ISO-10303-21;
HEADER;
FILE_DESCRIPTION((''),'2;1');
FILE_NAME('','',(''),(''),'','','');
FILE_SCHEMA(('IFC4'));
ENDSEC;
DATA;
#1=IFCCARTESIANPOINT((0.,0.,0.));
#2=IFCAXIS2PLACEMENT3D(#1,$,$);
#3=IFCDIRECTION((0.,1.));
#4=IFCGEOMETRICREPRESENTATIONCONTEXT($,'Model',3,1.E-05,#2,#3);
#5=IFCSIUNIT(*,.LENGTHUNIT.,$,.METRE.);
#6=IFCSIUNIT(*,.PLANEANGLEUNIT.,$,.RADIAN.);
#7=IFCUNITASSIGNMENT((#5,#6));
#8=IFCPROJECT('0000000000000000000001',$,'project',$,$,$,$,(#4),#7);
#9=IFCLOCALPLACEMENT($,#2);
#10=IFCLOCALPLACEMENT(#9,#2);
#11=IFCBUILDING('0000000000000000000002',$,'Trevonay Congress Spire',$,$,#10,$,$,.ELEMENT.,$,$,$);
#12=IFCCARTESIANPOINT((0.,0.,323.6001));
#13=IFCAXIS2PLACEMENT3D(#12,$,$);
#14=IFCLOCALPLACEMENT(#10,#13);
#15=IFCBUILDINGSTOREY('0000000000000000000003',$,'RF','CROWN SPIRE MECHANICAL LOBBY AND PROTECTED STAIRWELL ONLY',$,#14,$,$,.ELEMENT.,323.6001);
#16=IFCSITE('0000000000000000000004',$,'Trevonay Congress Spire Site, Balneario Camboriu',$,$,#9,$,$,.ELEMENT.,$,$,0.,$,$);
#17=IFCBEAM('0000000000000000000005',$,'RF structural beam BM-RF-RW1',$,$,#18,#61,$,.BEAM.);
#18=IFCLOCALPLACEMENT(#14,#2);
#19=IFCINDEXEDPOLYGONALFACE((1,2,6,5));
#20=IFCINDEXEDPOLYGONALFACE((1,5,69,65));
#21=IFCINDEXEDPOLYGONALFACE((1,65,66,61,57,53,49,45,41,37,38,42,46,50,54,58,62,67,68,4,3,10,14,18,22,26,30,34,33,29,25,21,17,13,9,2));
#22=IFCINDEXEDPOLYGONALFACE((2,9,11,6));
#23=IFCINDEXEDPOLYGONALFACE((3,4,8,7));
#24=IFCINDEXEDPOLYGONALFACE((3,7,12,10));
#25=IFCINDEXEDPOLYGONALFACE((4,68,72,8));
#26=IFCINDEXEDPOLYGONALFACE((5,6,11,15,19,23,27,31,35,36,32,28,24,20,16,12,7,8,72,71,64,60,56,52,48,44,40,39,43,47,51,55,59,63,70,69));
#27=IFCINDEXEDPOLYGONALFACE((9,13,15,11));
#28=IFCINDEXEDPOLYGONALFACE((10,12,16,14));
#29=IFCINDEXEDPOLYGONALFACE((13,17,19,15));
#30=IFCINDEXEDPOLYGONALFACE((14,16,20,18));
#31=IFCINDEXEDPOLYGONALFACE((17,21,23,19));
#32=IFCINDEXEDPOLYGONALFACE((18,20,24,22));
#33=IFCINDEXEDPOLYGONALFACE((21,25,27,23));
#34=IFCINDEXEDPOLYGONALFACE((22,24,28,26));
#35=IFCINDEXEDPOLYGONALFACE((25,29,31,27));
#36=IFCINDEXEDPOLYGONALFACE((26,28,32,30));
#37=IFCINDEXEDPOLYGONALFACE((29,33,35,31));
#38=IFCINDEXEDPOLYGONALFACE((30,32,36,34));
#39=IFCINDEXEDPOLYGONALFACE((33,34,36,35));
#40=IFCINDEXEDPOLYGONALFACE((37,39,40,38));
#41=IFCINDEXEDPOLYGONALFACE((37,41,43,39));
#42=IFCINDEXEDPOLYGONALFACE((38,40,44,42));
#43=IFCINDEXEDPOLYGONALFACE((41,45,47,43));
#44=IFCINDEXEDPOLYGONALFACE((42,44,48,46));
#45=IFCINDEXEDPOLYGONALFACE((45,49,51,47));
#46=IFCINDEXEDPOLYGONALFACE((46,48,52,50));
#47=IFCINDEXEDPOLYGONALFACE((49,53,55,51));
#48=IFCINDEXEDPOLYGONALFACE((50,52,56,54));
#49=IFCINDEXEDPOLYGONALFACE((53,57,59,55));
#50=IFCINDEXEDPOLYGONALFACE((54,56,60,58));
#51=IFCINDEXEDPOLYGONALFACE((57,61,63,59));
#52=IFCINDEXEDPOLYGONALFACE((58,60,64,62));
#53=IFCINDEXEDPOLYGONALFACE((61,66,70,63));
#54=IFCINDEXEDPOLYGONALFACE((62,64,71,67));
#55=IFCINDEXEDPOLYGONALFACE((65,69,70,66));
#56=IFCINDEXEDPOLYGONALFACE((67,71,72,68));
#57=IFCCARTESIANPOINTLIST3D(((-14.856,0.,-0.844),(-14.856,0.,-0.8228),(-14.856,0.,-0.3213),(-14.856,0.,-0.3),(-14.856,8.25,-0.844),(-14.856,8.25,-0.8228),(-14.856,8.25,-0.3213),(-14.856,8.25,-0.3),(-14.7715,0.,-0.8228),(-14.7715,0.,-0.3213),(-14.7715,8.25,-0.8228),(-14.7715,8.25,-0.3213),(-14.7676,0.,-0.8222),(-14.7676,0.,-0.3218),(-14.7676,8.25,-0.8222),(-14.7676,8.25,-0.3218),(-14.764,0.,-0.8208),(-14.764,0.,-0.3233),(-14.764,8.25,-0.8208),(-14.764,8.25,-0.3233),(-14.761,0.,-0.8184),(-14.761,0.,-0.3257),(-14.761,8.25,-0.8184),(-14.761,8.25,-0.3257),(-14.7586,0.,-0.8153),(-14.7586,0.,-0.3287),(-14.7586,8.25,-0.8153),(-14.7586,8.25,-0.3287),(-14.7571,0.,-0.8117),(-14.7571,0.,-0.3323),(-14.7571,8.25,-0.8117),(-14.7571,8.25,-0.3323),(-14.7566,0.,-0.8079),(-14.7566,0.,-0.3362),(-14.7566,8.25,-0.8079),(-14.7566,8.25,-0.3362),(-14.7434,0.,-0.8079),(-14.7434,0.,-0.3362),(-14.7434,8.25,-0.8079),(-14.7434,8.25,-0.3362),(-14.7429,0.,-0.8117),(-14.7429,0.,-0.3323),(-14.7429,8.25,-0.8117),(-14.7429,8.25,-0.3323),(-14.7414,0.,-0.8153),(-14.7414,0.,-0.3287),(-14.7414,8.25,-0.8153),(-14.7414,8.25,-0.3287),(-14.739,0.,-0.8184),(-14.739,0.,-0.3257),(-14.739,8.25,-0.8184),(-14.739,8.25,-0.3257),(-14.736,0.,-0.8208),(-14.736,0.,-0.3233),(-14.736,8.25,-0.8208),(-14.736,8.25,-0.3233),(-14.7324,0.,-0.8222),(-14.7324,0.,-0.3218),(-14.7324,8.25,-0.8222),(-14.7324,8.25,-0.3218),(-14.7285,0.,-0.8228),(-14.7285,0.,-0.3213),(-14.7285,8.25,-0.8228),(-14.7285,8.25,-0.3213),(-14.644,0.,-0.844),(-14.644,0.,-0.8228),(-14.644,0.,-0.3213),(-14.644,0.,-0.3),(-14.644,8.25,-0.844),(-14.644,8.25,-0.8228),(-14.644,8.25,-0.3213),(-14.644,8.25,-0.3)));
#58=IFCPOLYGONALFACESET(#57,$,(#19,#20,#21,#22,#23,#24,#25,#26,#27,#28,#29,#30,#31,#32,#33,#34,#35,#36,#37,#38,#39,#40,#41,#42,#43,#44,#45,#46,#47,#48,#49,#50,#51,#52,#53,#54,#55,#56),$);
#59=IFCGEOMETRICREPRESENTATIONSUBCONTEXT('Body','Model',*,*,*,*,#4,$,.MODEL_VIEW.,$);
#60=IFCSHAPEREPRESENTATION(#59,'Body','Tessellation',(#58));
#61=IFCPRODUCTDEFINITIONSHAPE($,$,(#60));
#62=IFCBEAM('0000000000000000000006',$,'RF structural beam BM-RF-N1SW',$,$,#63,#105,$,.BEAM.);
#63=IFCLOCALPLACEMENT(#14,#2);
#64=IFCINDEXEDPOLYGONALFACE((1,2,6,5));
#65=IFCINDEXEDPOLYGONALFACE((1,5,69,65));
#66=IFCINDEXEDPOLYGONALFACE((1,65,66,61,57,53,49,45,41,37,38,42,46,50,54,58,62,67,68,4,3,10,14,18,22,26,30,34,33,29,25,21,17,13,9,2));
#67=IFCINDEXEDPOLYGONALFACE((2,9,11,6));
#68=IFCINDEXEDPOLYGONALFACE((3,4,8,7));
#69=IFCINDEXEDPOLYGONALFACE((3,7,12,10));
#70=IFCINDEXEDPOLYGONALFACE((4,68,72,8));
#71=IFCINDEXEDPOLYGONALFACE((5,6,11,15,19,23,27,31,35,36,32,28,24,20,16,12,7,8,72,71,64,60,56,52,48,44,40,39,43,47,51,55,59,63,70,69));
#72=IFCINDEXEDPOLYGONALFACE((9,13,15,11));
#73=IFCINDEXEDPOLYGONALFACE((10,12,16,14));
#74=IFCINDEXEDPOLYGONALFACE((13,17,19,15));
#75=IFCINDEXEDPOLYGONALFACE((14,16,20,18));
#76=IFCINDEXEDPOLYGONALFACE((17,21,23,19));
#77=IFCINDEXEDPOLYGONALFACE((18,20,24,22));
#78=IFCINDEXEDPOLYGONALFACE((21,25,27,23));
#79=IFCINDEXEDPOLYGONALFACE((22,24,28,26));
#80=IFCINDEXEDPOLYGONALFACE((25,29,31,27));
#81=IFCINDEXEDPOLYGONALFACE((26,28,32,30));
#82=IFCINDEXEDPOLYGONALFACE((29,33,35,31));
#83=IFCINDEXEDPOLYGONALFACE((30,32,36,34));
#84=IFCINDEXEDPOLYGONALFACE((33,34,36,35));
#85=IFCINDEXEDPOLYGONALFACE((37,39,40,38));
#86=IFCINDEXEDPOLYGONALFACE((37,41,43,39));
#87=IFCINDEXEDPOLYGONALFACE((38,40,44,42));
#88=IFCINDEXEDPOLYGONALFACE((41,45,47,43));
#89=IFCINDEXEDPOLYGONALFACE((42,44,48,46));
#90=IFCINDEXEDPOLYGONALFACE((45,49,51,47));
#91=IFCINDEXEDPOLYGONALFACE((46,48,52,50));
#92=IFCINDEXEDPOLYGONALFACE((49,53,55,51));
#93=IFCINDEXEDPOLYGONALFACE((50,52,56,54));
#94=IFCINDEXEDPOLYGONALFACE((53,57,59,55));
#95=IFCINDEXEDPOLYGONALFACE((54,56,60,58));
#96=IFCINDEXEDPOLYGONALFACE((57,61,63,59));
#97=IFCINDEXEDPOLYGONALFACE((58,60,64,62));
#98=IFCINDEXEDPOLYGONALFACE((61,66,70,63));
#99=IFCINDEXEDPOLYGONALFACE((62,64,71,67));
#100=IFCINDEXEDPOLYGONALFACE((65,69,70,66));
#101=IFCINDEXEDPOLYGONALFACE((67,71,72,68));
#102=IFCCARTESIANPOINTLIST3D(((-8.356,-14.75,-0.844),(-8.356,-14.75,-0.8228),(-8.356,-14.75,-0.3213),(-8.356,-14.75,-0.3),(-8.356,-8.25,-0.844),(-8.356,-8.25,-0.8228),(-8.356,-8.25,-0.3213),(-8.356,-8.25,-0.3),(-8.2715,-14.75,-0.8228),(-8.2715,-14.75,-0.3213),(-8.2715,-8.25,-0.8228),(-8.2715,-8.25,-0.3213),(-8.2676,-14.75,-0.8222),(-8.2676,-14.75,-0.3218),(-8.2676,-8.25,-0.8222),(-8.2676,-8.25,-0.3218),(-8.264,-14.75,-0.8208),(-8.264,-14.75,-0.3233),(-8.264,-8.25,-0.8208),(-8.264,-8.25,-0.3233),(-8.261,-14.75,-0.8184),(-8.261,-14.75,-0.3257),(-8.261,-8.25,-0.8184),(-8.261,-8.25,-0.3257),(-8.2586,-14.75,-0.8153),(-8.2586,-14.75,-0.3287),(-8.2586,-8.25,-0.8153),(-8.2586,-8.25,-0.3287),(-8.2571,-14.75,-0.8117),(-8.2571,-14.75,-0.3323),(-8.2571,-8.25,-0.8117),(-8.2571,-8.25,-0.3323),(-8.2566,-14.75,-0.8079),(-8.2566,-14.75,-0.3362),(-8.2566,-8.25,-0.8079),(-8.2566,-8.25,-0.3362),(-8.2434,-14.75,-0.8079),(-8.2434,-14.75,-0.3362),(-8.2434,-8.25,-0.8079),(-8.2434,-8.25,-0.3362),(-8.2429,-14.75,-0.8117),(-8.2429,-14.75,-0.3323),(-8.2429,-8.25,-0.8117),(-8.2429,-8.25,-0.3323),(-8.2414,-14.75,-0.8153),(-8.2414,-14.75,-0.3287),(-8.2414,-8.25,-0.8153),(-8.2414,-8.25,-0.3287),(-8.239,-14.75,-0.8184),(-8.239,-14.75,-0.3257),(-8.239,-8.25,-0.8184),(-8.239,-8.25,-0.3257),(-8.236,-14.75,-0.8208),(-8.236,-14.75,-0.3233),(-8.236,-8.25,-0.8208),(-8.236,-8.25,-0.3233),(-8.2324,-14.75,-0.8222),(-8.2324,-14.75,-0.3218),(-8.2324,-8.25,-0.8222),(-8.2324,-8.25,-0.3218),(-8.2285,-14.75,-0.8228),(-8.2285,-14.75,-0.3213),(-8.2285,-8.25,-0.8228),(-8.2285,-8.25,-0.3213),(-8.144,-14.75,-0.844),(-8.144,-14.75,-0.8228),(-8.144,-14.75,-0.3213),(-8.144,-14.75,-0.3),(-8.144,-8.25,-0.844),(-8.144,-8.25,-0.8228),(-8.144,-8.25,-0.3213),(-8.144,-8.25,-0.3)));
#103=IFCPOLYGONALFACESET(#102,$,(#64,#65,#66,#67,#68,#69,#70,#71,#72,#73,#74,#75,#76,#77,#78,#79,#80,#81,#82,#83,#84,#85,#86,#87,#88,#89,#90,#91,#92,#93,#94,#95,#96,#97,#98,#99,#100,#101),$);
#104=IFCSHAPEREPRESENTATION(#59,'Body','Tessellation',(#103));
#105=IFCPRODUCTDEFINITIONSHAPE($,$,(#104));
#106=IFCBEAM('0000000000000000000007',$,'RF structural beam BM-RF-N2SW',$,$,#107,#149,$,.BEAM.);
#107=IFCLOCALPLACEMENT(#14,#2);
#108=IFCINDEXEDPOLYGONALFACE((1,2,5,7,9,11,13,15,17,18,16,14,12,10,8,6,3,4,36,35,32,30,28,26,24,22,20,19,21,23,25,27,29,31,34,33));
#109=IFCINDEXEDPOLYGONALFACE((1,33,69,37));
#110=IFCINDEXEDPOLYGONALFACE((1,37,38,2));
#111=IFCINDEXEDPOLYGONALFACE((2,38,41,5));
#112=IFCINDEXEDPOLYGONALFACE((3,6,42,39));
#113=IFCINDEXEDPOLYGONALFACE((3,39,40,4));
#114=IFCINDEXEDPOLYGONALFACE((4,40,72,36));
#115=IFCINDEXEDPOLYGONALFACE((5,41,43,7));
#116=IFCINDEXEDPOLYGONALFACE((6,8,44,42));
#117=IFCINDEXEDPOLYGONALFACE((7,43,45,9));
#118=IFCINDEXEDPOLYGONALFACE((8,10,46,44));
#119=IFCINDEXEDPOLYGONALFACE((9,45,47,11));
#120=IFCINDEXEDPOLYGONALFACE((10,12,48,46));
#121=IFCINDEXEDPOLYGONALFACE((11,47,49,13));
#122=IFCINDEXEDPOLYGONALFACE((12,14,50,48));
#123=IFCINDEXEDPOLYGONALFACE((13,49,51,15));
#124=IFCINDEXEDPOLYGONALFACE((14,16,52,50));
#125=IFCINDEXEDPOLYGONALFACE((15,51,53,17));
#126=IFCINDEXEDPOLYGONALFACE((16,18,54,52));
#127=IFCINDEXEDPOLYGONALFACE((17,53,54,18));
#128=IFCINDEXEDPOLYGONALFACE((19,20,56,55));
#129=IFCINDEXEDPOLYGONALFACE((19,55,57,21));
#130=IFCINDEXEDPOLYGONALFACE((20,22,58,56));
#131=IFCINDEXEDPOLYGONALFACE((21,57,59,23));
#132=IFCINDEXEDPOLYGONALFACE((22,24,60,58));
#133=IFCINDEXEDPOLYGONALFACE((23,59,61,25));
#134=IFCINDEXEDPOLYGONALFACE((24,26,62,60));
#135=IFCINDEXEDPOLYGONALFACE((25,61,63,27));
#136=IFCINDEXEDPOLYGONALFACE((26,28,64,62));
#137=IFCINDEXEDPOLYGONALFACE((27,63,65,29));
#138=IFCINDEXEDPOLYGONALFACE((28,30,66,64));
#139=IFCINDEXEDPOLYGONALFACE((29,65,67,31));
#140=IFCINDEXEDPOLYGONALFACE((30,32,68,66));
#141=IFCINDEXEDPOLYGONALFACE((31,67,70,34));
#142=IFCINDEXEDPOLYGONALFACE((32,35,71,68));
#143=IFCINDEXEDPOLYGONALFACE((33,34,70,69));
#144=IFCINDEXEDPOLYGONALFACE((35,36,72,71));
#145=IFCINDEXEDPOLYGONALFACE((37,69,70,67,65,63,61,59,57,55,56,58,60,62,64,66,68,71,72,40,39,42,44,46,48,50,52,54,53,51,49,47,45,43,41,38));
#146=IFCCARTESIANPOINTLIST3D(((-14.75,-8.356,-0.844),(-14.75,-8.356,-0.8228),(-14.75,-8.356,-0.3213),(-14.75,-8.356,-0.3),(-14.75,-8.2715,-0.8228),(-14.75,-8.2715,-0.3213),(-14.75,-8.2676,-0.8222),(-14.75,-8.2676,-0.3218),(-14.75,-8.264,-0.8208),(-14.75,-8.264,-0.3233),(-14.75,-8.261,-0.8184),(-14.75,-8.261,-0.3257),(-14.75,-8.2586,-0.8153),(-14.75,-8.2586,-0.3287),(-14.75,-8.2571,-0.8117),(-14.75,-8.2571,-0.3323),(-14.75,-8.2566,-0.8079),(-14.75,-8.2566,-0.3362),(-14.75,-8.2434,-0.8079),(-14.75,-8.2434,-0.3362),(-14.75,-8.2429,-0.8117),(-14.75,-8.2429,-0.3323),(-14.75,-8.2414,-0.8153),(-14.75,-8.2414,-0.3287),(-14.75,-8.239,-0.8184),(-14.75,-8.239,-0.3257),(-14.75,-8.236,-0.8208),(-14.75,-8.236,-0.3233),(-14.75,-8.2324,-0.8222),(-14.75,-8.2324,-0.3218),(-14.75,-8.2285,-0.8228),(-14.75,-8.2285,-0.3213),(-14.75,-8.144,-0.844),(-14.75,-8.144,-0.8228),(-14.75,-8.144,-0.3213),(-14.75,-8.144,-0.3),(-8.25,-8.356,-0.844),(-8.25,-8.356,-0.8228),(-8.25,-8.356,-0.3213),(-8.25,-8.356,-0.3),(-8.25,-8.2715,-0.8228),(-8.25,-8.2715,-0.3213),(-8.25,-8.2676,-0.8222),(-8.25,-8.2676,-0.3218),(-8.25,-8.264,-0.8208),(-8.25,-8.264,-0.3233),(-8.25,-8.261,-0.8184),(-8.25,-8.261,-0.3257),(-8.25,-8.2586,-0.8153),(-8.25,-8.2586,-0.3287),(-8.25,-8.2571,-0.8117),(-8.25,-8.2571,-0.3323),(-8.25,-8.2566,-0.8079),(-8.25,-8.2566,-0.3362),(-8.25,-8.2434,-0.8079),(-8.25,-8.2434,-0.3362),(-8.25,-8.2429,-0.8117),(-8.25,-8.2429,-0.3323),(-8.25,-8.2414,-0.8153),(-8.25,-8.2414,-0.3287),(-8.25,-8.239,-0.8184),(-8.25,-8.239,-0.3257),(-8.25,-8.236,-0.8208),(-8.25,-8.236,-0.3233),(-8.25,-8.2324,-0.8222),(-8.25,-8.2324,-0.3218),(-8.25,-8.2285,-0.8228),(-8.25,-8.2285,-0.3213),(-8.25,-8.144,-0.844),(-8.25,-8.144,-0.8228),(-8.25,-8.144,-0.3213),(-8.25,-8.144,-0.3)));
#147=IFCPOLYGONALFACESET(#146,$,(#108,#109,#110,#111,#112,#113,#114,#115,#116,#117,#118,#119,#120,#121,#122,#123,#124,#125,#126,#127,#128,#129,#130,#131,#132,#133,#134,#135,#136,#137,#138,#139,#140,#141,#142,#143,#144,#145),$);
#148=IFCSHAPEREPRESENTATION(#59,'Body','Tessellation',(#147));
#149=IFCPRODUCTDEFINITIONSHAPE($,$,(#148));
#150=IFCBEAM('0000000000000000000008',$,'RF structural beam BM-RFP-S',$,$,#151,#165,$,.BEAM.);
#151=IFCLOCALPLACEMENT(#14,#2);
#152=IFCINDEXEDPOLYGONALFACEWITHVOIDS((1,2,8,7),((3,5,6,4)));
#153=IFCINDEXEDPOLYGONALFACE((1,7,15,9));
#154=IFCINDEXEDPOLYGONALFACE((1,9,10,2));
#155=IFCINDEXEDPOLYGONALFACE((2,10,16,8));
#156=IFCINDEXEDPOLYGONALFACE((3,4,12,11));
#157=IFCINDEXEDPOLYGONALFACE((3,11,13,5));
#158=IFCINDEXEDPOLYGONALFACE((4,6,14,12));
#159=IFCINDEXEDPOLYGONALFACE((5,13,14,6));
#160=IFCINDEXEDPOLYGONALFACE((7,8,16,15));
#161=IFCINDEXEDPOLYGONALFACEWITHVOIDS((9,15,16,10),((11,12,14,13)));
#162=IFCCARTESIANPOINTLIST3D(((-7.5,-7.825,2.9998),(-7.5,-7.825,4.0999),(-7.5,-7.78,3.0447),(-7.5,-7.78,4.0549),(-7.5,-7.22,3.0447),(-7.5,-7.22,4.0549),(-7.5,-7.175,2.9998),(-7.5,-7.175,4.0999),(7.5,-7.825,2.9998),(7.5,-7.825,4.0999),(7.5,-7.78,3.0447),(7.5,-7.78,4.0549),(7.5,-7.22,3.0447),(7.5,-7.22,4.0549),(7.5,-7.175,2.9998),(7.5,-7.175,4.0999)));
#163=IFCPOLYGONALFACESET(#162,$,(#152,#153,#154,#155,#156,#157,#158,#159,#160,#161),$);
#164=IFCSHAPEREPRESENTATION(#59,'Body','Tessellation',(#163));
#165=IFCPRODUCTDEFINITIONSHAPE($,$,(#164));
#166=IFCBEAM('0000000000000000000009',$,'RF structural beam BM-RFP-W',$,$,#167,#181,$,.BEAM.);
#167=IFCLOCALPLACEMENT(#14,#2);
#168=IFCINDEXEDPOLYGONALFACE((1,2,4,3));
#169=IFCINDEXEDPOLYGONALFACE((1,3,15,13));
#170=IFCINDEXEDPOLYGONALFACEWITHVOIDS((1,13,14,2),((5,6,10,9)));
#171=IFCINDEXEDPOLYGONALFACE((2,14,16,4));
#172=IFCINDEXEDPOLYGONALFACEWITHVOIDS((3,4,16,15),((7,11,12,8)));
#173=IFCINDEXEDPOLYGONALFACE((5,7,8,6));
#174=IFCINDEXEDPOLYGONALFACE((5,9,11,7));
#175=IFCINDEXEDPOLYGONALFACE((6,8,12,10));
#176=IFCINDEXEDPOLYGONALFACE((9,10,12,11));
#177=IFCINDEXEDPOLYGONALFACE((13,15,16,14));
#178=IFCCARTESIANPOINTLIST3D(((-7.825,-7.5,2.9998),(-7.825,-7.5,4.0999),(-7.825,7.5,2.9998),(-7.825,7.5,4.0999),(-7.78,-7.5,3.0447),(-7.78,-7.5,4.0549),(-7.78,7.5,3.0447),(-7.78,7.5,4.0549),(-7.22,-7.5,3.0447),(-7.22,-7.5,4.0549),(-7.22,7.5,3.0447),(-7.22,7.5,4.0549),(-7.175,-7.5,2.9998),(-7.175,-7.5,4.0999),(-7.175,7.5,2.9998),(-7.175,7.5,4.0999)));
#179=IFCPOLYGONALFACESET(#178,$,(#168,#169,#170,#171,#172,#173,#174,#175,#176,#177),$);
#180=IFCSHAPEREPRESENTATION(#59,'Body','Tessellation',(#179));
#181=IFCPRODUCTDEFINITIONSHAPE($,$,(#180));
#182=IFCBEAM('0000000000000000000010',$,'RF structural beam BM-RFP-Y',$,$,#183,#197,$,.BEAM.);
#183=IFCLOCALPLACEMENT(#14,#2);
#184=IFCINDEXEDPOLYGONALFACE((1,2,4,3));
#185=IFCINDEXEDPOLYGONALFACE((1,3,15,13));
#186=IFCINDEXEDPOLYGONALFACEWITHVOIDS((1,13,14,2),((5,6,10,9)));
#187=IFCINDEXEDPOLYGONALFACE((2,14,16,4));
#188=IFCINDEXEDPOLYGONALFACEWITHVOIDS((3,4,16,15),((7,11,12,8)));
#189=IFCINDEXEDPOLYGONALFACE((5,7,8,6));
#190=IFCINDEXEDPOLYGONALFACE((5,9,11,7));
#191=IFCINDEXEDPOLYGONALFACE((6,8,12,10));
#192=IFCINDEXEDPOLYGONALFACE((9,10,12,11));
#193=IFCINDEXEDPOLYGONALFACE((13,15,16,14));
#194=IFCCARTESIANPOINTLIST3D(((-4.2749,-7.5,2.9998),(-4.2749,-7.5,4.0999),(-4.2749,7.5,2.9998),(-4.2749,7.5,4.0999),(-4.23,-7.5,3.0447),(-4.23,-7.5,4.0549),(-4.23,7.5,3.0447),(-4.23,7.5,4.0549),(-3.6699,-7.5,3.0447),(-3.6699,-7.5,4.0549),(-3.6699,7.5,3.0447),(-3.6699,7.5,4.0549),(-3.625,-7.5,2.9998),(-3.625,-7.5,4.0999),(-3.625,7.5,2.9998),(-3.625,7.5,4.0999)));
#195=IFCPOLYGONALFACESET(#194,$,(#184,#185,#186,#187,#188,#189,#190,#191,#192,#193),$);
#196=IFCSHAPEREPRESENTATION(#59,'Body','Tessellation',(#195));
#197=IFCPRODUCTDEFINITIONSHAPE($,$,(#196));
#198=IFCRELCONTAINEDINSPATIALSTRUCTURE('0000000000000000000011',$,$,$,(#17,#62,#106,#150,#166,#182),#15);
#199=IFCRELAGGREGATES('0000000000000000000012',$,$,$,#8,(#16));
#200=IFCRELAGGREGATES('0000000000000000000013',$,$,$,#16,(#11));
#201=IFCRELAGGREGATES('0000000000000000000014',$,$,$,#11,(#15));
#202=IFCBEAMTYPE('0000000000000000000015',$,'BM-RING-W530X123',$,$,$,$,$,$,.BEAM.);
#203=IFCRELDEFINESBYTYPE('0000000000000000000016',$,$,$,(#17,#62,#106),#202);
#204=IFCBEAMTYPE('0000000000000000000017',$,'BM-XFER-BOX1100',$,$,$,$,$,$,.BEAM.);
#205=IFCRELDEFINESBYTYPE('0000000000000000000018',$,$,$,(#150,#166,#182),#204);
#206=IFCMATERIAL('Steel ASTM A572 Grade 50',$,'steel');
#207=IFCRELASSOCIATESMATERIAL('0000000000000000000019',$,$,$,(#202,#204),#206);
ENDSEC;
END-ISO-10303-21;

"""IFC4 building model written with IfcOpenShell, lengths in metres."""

from ifc_helpers import new_model, si_unit, direction, frame, origin, origin_2d, place, context, subcontext, project, spatial, hollow_rectangle, i_section, extrude, material, material_profile, profile_set, type_object, element, save


model = new_model("IFC4")

# Units and contexts
model_context = context("Model", 3, precision=1e-05, world=origin(), true_north=direction((0.0, 1.0)))
body_context = subcontext(model_context, "Body", "Model", "MODEL_VIEW")
ifc_project = project(units=[si_unit("LENGTHUNIT", "METRE"), si_unit("PLANEANGLEUNIT", "RADIAN")], contexts=[model_context])

# Site, building, storey
site_placement = place(None, origin())
site = spatial("IfcSite", under=ifc_project, at=site_placement, Name="Trevonay Congress Spire Site, Balneario Camboriu", CompositionType="ELEMENT", RefElevation=0.0)
building_placement = place(site_placement, origin())
building = spatial("IfcBuilding", under=site, at=building_placement, Name="Trevonay Congress Spire", CompositionType="ELEMENT")
storey_placement = place(building_placement, frame((0.0, 0.0, 323.6001)))
storey = spatial("IfcBuildingStorey", under=building, at=storey_placement, Name="RF", Description="CROWN SPIRE MECHANICAL LOBBY AND PROTECTED STAIRWELL ONLY", CompositionType="ELEMENT", Elevation=323.6001)

# Shared definitions
ifc_material_1 = material(Name="Steel ASTM A572 Grade 50", Category="steel")

# Beams
ifc_material_profile_1 = material_profile(ifc_material_1, i_section(OverallWidth=0.2119, OverallDepth=0.5439, WebThickness=0.0132, FlangeThickness=0.0212, FilletRadius=0.0149, at=origin_2d()), Name="W530x123")
ifc_profile_set_1 = profile_set([ifc_material_profile_1], Name="Steel ASTM A572 Grade 50")
beam_type_1 = type_object("IfcBeamType", Name="BM-RING-W530X123", PredefinedType="BEAM", material=ifc_profile_set_1)
for number, where, z_axis, x_axis, name in (
    (1, (-14.75, 0.0, -0.572), (0.0, 1.0, 0.0), (-1.0, 0.0, 0.0), "RF structural beam BM-RF-RW1"),
):
    element("IfcBeam", number, at=place(storey_placement, frame(where, z_axis=z_axis, x_axis=x_axis)), inside=storey, type_object=beam_type_1, Name=name, PredefinedType="BEAM", context=body_context, shape_type="SweptSolid", body=[
        extrude(i_section(OverallWidth=0.2119, OverallDepth=0.5439, WebThickness=0.0132, FlangeThickness=0.0212, FilletRadius=0.0149, at=origin_2d()), origin(), (0.0, 0.0, 1.0), 8.25),
    ])
for number, where, z_axis, x_axis, name in (
    (2, (-8.25, -14.75, -0.572), (0.0, 1.0, 0.0), (-1.0, 0.0, 0.0), "RF structural beam BM-RF-N1SW"),
    (3, (-14.75, -8.25, -0.572), (1.0, 0.0, 0.0), (0.0, 1.0, 0.0), "RF structural beam BM-RF-N2SW"),
):
    element("IfcBeam", number, at=place(storey_placement, frame(where, z_axis=z_axis, x_axis=x_axis)), inside=storey, type_object=beam_type_1, Name=name, PredefinedType="BEAM", context=body_context, shape_type="SweptSolid", body=[
        extrude(i_section(OverallWidth=0.2119, OverallDepth=0.5439, WebThickness=0.0132, FlangeThickness=0.0212, FilletRadius=0.0149, at=origin_2d()), origin(), (0.0, 0.0, 1.0), 6.5),
    ])
ifc_material_profile_2 = material_profile(ifc_material_1, hollow_rectangle(XDim=0.6499, YDim=1.1001, WallThickness=0.0449, at=origin_2d()), Name="BOX 1100x650x45")
ifc_profile_set_2 = profile_set([ifc_material_profile_2], Name="Steel ASTM A572 Grade 50")
beam_type_2 = type_object("IfcBeamType", Name="BM-XFER-BOX1100", PredefinedType="BEAM", material=ifc_profile_set_2)
for number, where, z_axis, x_axis, name in (
    (4, (-7.5, -7.5, 3.5498), (1.0, 0.0, 0.0), (0.0, 1.0, 0.0), "RF structural beam BM-RFP-S"),
    (5, (-7.5, -7.5, 3.5498), (0.0, 1.0, 0.0), (-1.0, 0.0, 0.0), "RF structural beam BM-RFP-W"),
    (6, (-3.95, -7.5, 3.5498), (0.0, 1.0, 0.0), (-1.0, 0.0, 0.0), "RF structural beam BM-RFP-Y"),
):
    element("IfcBeam", number, at=place(storey_placement, frame(where, z_axis=z_axis, x_axis=x_axis)), inside=storey, type_object=beam_type_2, Name=name, PredefinedType="BEAM", context=body_context, shape_type="SweptSolid", body=[
        extrude(hollow_rectangle(XDim=0.6499, YDim=1.1001, WallThickness=0.0449, at=origin_2d()), origin(), (0.0, 0.0, 1.0), 15.0),
    ])

save(model, "model.ifc")
